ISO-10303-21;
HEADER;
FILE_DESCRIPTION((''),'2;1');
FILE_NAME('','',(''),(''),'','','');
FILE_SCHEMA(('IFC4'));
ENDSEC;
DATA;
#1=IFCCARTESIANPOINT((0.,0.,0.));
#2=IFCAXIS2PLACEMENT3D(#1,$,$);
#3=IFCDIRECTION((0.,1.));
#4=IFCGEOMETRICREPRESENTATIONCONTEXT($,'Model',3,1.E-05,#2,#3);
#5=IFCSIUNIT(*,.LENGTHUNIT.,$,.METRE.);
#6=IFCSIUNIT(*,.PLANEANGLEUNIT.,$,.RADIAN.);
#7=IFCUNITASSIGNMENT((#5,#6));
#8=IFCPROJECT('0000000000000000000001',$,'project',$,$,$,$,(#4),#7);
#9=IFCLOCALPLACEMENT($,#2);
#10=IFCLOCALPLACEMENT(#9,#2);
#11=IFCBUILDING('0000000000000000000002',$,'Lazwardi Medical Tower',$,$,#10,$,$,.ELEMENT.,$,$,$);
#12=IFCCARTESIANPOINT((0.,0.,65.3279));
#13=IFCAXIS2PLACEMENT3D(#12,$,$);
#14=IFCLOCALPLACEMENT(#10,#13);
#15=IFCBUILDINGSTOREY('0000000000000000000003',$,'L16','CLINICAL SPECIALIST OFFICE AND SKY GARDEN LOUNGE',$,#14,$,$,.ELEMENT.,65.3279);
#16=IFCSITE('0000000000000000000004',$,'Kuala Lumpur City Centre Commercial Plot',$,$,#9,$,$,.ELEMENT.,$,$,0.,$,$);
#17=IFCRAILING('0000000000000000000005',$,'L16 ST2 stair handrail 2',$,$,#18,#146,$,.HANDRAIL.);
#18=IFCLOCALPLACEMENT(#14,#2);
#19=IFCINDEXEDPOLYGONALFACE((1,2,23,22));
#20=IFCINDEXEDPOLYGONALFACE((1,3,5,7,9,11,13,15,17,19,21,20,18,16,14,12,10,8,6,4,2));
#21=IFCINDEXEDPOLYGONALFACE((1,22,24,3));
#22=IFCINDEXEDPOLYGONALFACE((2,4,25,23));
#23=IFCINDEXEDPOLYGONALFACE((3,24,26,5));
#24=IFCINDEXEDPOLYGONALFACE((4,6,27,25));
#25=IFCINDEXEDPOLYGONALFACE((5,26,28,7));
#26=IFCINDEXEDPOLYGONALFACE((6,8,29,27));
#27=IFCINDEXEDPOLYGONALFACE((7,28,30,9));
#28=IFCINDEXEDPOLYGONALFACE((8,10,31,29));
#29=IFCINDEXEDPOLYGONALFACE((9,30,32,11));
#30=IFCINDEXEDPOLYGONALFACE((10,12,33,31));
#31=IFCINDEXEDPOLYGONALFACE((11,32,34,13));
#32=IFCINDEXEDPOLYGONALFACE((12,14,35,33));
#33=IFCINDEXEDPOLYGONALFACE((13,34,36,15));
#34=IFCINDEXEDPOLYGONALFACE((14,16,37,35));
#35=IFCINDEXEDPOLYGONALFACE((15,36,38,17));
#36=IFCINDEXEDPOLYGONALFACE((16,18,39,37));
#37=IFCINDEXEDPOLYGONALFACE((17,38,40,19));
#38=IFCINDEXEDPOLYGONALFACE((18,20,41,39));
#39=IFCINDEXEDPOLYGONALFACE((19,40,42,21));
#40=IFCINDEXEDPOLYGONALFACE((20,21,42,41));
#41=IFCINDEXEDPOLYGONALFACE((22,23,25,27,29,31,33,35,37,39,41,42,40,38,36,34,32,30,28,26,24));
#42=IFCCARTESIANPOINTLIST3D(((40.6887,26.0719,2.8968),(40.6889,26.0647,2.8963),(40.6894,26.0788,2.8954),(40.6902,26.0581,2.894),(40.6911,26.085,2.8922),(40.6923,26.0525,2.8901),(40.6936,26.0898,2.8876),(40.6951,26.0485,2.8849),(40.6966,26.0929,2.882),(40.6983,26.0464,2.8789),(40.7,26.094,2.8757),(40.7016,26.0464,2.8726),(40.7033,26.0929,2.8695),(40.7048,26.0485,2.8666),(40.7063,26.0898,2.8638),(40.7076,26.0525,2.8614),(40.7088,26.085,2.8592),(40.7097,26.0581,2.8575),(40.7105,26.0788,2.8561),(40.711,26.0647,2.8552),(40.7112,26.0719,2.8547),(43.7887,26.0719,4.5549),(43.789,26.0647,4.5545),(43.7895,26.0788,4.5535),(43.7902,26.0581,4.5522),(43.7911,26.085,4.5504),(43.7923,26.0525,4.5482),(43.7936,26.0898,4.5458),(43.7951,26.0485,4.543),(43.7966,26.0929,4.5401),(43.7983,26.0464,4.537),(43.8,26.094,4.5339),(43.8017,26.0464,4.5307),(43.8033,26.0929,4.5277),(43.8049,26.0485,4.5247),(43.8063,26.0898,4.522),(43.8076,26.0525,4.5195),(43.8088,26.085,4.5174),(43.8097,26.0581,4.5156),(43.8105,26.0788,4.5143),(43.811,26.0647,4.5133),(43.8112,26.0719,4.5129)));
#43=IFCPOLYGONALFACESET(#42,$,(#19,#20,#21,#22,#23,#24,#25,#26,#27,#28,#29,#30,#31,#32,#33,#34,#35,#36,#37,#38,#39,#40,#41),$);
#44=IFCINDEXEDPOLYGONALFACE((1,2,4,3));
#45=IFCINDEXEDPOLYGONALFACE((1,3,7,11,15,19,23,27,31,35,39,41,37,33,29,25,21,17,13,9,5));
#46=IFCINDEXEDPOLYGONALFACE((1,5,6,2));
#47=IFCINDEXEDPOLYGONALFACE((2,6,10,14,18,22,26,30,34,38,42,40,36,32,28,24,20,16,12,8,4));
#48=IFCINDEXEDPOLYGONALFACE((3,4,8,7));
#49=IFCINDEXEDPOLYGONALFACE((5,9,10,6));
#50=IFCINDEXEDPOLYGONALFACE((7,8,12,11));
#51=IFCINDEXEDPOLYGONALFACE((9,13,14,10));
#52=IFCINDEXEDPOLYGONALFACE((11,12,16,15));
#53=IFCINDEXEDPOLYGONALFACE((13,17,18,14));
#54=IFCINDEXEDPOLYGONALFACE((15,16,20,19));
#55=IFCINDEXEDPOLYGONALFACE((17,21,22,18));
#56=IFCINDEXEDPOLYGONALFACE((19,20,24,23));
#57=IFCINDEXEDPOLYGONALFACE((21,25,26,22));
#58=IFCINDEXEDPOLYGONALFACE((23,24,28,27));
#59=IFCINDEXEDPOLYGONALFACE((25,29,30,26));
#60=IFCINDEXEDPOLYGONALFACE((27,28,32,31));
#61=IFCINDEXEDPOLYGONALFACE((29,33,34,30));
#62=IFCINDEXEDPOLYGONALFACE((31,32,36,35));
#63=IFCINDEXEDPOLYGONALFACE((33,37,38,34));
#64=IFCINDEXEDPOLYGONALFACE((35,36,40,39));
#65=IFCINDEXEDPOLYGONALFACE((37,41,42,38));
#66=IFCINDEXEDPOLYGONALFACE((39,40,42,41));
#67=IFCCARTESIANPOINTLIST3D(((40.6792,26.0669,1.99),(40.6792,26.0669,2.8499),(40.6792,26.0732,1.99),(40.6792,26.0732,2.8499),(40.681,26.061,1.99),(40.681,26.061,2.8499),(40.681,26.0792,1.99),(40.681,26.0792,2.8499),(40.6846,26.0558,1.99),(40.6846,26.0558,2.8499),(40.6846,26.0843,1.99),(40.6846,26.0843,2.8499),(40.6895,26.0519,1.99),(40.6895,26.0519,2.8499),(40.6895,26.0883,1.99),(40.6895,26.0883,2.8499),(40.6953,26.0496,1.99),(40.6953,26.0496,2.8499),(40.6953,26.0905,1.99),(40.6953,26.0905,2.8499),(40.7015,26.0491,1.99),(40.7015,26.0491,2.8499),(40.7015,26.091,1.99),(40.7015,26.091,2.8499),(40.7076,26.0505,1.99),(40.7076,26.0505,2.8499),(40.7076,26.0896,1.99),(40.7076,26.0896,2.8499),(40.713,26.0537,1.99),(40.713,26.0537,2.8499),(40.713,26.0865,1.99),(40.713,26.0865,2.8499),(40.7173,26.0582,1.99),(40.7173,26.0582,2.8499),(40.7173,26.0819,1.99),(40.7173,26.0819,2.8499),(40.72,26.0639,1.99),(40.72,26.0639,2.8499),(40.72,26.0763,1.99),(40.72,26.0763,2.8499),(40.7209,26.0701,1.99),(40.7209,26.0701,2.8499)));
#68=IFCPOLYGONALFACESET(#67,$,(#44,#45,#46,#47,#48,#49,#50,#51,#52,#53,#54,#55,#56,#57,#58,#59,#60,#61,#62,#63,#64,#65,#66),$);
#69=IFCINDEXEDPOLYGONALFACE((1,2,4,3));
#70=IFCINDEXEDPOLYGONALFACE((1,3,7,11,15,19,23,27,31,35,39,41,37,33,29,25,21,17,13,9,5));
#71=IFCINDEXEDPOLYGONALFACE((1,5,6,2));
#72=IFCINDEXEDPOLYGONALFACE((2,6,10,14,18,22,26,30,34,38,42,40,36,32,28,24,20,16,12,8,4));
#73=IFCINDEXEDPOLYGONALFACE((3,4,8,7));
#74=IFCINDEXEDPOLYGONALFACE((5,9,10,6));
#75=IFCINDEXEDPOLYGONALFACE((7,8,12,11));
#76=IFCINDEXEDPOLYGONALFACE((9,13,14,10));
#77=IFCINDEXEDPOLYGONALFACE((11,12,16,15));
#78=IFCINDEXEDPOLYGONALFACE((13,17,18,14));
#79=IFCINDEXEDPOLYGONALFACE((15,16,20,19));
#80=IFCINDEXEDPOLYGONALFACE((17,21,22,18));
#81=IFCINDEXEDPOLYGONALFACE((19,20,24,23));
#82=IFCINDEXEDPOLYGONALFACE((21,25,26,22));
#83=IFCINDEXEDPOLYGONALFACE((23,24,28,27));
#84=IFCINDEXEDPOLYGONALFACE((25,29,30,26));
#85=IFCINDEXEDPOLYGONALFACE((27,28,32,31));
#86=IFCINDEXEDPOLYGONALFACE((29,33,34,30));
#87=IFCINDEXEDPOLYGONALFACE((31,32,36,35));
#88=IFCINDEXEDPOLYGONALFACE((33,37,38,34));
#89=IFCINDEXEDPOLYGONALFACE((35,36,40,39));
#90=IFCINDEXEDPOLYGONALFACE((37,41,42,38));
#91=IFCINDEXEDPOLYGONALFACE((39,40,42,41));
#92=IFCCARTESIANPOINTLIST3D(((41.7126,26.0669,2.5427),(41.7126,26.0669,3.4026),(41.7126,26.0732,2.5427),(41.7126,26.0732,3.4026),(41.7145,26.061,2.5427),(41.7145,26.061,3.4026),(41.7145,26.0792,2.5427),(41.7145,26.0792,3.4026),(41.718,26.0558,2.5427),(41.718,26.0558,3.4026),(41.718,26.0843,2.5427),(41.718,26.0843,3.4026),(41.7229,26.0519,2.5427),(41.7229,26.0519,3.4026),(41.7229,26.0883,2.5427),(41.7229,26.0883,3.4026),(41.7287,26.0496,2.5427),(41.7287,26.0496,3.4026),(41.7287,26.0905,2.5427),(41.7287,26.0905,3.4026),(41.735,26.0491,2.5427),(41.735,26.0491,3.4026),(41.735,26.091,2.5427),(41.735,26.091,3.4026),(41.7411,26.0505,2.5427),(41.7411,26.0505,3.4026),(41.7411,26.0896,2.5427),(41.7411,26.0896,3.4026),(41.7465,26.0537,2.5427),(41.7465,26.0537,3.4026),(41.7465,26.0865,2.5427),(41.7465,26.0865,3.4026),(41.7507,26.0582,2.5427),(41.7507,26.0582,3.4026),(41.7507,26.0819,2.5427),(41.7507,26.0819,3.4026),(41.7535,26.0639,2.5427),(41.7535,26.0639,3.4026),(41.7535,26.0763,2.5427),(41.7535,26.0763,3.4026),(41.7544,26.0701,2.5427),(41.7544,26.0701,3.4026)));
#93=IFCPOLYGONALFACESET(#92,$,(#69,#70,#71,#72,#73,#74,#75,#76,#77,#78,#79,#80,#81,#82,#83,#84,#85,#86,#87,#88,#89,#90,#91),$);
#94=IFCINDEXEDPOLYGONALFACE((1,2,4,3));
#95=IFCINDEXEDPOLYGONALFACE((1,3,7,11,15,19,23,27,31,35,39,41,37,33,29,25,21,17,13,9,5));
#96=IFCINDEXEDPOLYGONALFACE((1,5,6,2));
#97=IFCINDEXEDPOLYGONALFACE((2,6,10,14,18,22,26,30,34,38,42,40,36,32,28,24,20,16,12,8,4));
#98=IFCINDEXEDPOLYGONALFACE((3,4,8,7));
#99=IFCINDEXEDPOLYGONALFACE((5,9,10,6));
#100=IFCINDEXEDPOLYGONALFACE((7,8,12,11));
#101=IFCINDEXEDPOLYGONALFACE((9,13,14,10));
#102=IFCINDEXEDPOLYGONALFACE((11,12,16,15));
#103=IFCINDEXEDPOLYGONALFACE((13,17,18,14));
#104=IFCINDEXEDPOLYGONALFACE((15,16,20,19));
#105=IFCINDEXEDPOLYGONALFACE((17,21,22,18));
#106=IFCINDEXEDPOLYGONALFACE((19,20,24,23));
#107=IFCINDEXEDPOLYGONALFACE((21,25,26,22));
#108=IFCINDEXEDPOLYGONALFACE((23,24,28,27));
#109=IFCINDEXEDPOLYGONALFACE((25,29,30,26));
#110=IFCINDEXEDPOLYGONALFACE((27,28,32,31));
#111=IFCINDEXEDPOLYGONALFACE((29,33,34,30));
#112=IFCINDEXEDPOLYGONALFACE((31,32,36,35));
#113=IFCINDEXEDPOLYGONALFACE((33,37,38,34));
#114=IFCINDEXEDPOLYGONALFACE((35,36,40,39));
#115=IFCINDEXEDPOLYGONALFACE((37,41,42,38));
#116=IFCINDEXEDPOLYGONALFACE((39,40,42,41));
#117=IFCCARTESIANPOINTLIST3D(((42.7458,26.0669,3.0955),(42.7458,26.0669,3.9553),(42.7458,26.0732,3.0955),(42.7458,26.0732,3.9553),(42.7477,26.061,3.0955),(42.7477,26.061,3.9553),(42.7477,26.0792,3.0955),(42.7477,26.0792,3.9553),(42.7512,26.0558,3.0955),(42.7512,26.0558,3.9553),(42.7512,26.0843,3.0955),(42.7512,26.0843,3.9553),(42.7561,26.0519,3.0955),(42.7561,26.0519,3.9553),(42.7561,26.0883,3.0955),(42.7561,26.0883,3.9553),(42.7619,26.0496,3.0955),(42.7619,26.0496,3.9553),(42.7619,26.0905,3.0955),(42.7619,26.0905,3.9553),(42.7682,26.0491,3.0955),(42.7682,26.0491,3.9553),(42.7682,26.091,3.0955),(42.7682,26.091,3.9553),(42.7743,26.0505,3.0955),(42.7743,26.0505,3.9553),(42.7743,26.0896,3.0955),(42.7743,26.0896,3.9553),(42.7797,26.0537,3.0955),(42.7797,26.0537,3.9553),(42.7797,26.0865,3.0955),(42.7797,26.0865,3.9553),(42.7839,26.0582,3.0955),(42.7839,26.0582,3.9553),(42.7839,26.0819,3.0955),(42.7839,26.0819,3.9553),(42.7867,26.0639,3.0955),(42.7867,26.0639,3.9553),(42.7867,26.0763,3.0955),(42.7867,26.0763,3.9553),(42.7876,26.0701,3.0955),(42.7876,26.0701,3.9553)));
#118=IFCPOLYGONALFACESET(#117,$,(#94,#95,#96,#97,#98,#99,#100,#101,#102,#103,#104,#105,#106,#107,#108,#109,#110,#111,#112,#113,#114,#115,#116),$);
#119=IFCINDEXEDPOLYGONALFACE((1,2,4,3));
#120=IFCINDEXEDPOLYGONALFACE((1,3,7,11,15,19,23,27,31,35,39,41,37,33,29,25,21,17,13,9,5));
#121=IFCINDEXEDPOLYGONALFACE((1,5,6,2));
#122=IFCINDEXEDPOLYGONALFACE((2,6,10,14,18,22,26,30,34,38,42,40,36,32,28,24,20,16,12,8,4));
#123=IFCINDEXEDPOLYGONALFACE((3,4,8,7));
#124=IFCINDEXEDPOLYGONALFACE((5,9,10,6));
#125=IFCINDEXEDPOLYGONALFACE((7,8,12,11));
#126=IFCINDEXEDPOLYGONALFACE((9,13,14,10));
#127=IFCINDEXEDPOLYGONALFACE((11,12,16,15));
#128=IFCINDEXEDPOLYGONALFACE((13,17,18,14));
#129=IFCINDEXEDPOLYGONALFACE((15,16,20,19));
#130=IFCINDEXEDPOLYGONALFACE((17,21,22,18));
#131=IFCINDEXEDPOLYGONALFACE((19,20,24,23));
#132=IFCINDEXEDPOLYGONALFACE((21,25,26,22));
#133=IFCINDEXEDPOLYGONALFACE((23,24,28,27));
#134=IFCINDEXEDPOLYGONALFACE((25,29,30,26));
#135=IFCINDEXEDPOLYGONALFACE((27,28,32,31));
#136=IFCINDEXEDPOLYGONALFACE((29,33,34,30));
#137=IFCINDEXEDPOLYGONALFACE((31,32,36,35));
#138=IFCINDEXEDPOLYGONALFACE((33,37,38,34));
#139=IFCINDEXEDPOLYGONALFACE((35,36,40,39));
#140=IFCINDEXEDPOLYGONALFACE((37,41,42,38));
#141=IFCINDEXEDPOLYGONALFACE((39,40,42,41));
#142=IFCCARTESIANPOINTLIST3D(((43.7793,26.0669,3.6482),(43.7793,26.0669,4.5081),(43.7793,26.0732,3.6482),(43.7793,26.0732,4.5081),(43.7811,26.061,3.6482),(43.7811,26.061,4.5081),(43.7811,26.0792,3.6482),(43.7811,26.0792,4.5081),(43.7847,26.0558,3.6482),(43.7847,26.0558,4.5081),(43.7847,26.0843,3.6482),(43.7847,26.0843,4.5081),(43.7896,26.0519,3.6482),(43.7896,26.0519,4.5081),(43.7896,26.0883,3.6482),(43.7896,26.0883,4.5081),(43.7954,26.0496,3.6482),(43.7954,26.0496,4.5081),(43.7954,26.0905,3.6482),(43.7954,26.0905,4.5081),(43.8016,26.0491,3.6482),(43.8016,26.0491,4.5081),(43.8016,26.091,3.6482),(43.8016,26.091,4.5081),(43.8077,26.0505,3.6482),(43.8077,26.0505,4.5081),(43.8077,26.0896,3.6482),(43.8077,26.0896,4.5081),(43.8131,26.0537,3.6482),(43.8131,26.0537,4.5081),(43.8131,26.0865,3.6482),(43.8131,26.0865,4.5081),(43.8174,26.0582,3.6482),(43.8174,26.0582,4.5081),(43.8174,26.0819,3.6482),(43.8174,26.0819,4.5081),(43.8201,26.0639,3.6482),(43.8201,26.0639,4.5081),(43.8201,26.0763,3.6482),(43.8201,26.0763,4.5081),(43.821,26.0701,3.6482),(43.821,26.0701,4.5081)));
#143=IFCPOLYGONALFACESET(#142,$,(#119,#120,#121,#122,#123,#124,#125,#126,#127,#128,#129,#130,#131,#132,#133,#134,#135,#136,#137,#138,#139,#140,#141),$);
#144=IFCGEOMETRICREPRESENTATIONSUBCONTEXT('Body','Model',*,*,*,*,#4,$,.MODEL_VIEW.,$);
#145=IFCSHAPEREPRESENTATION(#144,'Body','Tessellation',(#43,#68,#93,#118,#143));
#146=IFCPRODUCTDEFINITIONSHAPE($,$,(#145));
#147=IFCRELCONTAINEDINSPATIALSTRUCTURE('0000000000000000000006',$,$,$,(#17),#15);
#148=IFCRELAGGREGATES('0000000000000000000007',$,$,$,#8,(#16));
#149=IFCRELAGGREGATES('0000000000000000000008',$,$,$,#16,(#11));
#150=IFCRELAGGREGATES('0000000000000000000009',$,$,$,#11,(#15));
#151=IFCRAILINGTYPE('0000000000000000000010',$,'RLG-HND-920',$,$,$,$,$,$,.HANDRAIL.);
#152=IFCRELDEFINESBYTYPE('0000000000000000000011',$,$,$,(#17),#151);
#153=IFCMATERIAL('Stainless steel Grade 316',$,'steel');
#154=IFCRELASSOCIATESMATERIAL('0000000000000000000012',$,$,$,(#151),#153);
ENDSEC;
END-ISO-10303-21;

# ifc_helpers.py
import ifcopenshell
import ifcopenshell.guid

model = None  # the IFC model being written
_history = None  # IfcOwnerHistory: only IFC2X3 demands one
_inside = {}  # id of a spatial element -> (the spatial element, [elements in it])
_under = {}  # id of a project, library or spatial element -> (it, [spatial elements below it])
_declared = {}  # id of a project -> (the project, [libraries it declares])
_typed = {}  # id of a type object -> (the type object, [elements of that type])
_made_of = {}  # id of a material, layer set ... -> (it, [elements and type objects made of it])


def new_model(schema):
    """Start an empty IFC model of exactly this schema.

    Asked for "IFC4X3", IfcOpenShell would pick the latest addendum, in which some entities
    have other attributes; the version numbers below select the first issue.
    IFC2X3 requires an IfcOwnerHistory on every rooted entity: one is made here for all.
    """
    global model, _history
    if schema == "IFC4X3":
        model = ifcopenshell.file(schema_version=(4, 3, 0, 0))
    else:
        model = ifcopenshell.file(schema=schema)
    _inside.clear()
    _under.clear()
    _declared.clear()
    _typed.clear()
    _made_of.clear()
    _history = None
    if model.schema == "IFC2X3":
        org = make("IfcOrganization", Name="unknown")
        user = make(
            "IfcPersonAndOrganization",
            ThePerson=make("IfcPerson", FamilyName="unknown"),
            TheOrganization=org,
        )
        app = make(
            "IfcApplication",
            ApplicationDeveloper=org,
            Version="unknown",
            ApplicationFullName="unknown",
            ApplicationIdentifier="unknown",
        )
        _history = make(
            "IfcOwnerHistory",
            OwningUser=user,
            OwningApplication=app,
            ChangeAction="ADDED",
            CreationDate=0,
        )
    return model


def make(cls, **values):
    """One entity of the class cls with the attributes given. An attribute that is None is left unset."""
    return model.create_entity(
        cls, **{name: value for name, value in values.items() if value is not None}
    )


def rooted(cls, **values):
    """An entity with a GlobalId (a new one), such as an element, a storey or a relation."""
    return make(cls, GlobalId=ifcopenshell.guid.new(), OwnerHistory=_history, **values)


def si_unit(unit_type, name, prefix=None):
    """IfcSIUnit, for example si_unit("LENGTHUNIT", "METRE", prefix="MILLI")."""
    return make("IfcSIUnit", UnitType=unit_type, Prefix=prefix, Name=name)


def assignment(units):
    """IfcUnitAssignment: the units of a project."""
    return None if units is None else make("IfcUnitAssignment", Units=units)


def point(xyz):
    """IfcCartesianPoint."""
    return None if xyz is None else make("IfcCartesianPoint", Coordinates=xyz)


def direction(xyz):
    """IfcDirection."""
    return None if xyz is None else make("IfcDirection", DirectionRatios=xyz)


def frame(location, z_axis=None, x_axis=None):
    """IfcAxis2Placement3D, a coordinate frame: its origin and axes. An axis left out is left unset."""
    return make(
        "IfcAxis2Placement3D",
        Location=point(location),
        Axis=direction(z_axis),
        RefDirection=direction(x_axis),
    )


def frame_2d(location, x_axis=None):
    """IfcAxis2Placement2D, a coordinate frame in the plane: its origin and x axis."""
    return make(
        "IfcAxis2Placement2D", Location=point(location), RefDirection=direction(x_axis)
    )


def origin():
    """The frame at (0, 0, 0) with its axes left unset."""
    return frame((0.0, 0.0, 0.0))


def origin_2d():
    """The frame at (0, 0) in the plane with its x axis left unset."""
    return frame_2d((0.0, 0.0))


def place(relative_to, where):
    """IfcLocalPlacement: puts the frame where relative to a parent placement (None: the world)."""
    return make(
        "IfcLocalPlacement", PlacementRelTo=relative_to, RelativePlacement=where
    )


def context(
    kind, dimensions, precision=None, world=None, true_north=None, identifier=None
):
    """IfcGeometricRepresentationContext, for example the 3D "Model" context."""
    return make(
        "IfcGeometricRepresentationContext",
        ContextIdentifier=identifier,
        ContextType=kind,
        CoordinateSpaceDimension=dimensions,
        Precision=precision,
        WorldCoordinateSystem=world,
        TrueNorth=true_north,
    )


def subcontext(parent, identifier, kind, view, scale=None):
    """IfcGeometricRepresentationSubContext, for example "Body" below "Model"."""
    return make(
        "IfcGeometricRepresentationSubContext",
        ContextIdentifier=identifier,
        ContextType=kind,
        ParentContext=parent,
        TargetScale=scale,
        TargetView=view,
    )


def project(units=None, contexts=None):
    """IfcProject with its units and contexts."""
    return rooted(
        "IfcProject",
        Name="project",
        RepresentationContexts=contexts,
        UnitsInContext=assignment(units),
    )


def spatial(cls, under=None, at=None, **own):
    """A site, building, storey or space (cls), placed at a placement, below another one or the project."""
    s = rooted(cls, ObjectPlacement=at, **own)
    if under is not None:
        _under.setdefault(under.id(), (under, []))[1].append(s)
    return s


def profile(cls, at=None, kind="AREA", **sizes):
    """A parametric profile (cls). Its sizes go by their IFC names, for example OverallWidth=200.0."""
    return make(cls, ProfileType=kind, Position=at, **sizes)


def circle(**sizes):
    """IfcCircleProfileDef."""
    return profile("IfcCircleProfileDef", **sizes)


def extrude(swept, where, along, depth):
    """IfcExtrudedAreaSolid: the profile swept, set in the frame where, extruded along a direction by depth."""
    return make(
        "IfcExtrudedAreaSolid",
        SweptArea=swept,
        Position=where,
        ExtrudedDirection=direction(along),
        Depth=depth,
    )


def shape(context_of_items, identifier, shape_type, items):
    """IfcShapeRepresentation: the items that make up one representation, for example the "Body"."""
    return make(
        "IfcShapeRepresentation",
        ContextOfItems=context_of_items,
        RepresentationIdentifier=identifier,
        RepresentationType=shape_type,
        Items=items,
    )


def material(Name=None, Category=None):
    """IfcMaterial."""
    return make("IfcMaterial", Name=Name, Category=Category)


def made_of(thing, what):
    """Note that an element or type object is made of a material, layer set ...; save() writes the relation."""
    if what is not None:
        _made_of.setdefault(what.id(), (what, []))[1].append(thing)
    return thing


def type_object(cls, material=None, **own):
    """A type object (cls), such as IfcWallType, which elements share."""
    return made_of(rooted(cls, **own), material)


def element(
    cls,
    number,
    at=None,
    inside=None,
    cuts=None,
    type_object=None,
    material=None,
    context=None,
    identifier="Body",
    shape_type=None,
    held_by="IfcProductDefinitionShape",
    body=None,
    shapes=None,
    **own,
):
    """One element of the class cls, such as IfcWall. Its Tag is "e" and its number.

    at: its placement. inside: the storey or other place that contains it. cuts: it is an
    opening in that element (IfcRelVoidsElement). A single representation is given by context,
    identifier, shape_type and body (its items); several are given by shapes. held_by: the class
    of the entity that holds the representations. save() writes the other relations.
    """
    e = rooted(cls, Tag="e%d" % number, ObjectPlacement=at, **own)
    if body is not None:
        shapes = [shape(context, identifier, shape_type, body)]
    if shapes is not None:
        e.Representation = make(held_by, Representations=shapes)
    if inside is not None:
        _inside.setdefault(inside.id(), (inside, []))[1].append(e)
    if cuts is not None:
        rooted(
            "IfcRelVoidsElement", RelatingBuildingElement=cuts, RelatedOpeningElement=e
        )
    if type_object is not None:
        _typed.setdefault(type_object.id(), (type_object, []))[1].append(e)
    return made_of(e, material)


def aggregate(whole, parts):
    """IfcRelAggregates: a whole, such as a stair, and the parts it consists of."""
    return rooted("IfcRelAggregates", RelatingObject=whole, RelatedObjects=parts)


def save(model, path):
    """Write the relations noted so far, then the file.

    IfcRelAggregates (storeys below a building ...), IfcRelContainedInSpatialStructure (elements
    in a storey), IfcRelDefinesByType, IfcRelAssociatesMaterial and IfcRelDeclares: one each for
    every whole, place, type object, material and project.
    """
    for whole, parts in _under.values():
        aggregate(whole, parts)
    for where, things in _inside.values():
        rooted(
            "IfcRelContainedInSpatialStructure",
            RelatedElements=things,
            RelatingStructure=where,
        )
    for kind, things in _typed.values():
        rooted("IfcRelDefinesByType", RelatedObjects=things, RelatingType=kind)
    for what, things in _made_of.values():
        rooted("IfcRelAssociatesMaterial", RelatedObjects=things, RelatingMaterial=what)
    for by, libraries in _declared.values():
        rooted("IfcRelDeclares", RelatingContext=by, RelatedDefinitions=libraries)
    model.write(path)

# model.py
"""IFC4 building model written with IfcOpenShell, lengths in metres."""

from ifc_helpers import new_model, si_unit, direction, frame, origin, origin_2d, place, context, subcontext, project, spatial, circle, extrude, material, type_object, element, save


model = new_model("IFC4")

# Units and contexts
model_context = context("Model", 3, precision=1e-05, world=origin(), true_north=direction((0.0, 1.0)))
body_context = subcontext(model_context, "Body", "Model", "MODEL_VIEW")
ifc_project = project(units=[si_unit("LENGTHUNIT", "METRE"), si_unit("PLANEANGLEUNIT", "RADIAN")], contexts=[model_context])

# Site, building, storey
site_placement = place(None, origin())
site = spatial("IfcSite", under=ifc_project, at=site_placement, Name="Kuala Lumpur City Centre Commercial Plot", CompositionType="ELEMENT", RefElevation=0.0)
building_placement = place(site_placement, origin())
building = spatial("IfcBuilding", under=site, at=building_placement, Name="Lazwardi Medical Tower", CompositionType="ELEMENT")
storey_placement = place(building_placement, frame((0.0, 0.0, 65.3279)))
storey = spatial("IfcBuildingStorey", under=building, at=storey_placement, Name="L16", Description="CLINICAL SPECIALIST OFFICE AND SKY GARDEN LOUNGE", CompositionType="ELEMENT", Elevation=65.3279)

# Railing
ifc_material_1 = material(Name="Stainless steel Grade 316", Category="steel")
railing_type = type_object("IfcRailingType", Name="RLG-HND-920", PredefinedType="HANDRAIL", material=ifc_material_1)
railing_placement = place(storey_placement, frame((40.7, 26.0701, 1.99)))
element("IfcRailing", 1, at=railing_placement, inside=storey, type_object=railing_type, Name="L16 ST2 stair handrail 2", PredefinedType="HANDRAIL", context=body_context, shape_type="SweptSolid", body=[
    extrude(circle(Radius=0.0239, at=origin_2d()), frame((0.0, 0.0, 0.8857), z_axis=(0.881783, 0.0, 0.471655), x_axis=(0.0, 1.0, 0.0)), (0.0, 0.0, 1.0), 3.5156),
    extrude(circle(Radius=0.021, at=origin_2d()), origin(), (0.0, 0.0, 1.0), 0.8599),
    extrude(circle(Radius=0.021, at=origin_2d()), frame((1.0334, 0.0, 0.5527)), (0.0, 0.0, 1.0), 0.8599),
    extrude(circle(Radius=0.021, at=origin_2d()), frame((2.0667, 0.0, 1.1055)), (0.0, 0.0, 1.0), 0.8599),
    extrude(circle(Radius=0.021, at=origin_2d()), frame((3.1001, 0.0, 1.6582)), (0.0, 0.0, 1.0), 0.8599),
])

save(model, "model.ifc")
